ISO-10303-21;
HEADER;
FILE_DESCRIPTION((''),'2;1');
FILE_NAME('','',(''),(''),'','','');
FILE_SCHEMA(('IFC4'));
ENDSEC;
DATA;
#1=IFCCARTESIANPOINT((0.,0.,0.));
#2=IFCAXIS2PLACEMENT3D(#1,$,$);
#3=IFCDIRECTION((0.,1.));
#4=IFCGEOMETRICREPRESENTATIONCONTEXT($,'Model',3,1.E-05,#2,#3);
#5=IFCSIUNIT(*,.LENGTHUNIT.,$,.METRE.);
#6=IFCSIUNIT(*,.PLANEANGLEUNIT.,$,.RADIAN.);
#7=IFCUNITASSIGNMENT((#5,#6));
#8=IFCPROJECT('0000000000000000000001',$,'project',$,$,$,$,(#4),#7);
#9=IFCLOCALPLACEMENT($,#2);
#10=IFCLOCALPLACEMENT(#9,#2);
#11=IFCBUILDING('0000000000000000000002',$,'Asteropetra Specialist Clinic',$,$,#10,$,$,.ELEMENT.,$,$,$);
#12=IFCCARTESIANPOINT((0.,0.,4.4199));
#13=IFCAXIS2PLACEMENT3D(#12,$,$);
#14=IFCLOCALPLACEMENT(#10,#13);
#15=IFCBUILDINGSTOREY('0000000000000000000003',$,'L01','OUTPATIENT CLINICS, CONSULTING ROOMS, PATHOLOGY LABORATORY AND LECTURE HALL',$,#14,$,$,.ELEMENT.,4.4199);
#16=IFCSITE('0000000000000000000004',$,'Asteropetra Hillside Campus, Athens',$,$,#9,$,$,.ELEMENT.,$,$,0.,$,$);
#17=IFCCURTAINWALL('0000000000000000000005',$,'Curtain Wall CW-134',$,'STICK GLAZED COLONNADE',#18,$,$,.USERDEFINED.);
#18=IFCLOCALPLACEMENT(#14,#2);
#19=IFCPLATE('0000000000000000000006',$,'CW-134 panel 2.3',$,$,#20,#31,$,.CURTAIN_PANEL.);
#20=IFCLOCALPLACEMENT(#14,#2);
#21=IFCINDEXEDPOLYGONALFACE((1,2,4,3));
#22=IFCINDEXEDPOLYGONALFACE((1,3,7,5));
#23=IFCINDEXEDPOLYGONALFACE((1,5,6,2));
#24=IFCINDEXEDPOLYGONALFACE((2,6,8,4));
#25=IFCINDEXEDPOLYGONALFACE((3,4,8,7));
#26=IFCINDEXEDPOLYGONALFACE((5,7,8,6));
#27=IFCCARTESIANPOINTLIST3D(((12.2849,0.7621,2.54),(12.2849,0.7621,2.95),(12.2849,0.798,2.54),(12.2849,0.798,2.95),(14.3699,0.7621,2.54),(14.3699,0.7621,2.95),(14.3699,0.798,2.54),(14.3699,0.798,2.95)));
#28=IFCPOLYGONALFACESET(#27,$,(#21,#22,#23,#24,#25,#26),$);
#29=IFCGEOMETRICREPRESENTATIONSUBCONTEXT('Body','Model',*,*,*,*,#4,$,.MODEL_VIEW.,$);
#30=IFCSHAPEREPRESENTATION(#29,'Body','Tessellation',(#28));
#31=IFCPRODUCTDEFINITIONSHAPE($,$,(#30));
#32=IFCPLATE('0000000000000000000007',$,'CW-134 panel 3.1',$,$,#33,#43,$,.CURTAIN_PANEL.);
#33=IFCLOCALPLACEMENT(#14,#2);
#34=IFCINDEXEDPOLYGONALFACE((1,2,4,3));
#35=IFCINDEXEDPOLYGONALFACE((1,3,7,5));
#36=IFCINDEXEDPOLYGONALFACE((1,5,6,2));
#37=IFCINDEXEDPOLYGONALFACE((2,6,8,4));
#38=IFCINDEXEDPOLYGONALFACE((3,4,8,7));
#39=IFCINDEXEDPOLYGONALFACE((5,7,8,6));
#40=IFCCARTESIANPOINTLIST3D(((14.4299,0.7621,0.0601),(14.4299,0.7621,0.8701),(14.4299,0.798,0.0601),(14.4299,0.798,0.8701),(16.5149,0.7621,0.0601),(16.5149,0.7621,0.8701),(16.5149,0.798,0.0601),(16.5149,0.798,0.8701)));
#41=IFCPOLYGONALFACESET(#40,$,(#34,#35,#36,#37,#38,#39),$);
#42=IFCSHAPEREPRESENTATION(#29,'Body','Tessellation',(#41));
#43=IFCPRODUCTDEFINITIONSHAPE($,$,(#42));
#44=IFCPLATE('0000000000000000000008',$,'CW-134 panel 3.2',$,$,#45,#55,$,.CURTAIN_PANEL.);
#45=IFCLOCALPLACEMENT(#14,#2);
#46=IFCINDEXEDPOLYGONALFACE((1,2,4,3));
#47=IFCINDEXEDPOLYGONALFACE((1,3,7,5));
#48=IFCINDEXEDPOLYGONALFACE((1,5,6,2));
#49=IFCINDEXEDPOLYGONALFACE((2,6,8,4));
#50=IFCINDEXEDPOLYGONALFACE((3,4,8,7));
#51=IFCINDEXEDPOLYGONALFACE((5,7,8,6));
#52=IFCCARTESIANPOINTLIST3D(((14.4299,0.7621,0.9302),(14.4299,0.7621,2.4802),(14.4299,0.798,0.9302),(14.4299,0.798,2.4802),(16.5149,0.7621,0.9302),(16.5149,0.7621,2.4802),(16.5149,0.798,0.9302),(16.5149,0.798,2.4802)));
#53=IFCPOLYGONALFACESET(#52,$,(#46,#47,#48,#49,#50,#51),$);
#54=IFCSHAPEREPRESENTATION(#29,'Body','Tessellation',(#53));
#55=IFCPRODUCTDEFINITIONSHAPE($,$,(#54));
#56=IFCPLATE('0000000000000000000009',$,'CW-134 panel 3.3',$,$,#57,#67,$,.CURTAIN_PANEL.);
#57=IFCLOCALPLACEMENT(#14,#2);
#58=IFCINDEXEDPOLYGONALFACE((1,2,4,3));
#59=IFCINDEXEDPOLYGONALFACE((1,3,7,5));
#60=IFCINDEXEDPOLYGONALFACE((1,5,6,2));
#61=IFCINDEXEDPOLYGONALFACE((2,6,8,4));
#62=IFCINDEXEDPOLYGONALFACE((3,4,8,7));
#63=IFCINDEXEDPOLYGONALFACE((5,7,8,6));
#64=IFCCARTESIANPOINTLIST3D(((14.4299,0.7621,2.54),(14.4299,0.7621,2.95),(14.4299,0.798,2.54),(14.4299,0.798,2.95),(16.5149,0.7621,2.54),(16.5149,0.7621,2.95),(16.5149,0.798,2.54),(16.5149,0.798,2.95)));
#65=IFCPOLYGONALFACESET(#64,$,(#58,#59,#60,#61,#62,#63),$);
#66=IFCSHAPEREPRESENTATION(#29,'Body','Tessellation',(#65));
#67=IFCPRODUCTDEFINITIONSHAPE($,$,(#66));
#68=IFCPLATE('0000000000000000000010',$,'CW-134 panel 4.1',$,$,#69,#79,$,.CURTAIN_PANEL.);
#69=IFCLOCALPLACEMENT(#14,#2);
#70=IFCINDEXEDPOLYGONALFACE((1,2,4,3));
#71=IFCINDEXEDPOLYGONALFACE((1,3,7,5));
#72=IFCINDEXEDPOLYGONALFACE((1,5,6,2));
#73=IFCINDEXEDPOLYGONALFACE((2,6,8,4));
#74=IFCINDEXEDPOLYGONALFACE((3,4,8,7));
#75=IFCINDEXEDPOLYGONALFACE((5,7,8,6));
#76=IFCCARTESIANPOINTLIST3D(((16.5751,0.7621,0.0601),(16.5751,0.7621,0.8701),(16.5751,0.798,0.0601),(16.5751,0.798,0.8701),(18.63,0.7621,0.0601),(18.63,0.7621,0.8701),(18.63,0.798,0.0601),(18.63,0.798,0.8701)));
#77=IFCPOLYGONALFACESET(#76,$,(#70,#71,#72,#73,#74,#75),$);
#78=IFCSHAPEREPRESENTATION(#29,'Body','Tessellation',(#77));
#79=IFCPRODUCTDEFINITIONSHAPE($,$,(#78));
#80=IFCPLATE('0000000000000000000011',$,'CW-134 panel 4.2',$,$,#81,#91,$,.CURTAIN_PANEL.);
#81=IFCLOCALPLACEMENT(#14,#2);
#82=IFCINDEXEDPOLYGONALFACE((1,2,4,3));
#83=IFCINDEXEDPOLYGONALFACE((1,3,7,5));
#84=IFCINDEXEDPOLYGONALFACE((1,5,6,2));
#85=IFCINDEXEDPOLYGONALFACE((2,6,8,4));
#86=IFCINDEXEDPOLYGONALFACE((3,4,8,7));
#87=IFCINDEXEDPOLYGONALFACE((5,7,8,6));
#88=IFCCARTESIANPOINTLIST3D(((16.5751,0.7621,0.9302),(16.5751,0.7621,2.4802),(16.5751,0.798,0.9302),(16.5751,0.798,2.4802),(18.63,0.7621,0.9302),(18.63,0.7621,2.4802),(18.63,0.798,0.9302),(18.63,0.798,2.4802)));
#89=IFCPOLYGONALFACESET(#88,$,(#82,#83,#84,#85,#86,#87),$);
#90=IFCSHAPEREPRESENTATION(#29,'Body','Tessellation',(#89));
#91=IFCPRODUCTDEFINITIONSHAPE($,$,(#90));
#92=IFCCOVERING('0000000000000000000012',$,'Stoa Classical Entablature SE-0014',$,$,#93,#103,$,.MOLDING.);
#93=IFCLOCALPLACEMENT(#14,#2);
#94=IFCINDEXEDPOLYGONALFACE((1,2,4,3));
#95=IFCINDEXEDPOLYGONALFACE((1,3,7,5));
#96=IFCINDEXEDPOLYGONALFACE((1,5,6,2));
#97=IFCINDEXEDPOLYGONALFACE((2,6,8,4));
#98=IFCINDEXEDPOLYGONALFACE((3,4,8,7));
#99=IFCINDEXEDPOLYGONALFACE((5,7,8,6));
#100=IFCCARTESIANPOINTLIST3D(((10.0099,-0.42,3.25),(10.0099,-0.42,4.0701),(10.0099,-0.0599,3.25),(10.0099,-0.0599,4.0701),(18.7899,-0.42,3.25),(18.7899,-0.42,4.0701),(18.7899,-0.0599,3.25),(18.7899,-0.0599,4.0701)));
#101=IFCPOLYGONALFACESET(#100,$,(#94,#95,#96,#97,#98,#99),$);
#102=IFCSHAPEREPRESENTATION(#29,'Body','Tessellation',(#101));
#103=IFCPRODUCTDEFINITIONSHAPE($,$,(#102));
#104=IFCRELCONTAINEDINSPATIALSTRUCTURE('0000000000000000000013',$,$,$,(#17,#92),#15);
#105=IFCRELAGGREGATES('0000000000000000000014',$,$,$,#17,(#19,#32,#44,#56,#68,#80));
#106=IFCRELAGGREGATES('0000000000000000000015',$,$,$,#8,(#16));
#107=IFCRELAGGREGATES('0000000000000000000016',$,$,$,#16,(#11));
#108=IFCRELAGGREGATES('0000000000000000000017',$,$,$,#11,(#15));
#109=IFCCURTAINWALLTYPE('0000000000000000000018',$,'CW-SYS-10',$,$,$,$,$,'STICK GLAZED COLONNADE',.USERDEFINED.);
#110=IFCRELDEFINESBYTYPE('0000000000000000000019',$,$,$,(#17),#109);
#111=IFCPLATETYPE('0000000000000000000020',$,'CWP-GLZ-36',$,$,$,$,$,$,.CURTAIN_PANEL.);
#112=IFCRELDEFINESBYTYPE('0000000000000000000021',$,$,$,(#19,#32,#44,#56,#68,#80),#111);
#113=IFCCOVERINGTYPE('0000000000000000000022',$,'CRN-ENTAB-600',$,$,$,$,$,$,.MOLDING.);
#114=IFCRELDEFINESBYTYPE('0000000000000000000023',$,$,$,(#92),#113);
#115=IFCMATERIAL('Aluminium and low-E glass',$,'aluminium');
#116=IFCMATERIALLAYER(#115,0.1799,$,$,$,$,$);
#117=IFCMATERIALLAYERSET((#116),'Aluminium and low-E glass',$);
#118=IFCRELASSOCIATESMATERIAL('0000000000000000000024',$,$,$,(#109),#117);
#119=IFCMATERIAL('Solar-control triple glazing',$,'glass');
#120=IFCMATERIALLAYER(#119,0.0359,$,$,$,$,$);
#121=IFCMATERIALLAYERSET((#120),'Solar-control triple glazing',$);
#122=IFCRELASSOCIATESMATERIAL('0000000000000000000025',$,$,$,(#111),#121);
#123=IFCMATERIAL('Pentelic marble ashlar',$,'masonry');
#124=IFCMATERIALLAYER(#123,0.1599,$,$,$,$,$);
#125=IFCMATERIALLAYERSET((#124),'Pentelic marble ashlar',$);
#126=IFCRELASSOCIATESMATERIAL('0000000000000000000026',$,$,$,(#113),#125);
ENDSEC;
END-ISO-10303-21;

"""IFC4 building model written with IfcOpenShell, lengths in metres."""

from ifc_helpers import new_model, si_unit, direction, frame, origin, origin_2d, place, context, subcontext, project, spatial, rectangle, extrude, material, layer, layer_set, type_object, element, aggregate, save


model = new_model("IFC4")

# Units and contexts
model_context = context("Model", 3, precision=1e-05, world=origin(), true_north=direction((0.0, 1.0)))
body_context = subcontext(model_context, "Body", "Model", "MODEL_VIEW")
ifc_project = project(units=[si_unit("LENGTHUNIT", "METRE"), si_unit("PLANEANGLEUNIT", "RADIAN")], contexts=[model_context])

# Site, building, storey
site_placement = place(None, origin())
site = spatial("IfcSite", under=ifc_project, at=site_placement, Name="Asteropetra Hillside Campus, Athens", CompositionType="ELEMENT", RefElevation=0.0)
building_placement = place(site_placement, origin())
building = spatial("IfcBuilding", under=site, at=building_placement, Name="Asteropetra Specialist Clinic", CompositionType="ELEMENT")
storey_placement = place(building_placement, frame((0.0, 0.0, 4.4199)))
storey = spatial("IfcBuildingStorey", under=building, at=storey_placement, Name="L01", Description="OUTPATIENT CLINICS, CONSULTING ROOMS, PATHOLOGY LABORATORY AND LECTURE HALL", CompositionType="ELEMENT", Elevation=4.4199)

# Curtain wall
ifc_material_1 = material(Name="Aluminium and low-E glass", Category="aluminium")
ifc_layer_1 = layer(ifc_material_1, 0.1799)
ifc_layer_set_1 = layer_set([ifc_layer_1], Name="Aluminium and low-E glass")
curtain_wall_type = type_object("IfcCurtainWallType", Name="CW-SYS-10", ElementType="STICK GLAZED COLONNADE", PredefinedType="USERDEFINED", material=ifc_layer_set_1)
curtain_wall_placement = place(storey_placement, origin())
curtain_wall = element("IfcCurtainWall", 1, at=curtain_wall_placement, inside=storey, type_object=curtain_wall_type, Name="Curtain Wall CW-134", ObjectType="STICK GLAZED COLONNADE", PredefinedType="USERDEFINED")

# Plates
ifc_material_2 = material(Name="Solar-control triple glazing", Category="glass")
ifc_layer_2 = layer(ifc_material_2, 0.0359)
ifc_layer_set_2 = layer_set([ifc_layer_2], Name="Solar-control triple glazing")
plate_type = type_object("IfcPlateType", Name="CWP-GLZ-36", PredefinedType="CURTAIN_PANEL", material=ifc_layer_set_2)
plate_1_placement = place(storey_placement, frame((13.3274, 0.78, 2.54), z_axis=(0.0, 0.0, 1.0), x_axis=(1.0, 0.0, 0.0)))
plate_1 = element("IfcPlate", 2, at=plate_1_placement, type_object=plate_type, Name="CW-134 panel 2.3", PredefinedType="CURTAIN_PANEL", context=body_context, shape_type="SweptSolid", body=[
    extrude(rectangle(XDim=2.085, YDim=0.0359, at=origin_2d()), origin(), (0.0, 0.0, 1.0), 0.4099),
])
plate_2_placement = place(storey_placement, frame((15.4724, 0.78, 0.0601), z_axis=(0.0, 0.0, 1.0), x_axis=(1.0, 0.0, 0.0)))
plate_2 = element("IfcPlate", 3, at=plate_2_placement, type_object=plate_type, Name="CW-134 panel 3.1", PredefinedType="CURTAIN_PANEL", context=body_context, shape_type="SweptSolid", body=[
    extrude(rectangle(XDim=2.085, YDim=0.0359, at=origin_2d()), origin(), (0.0, 0.0, 1.0), 0.8101),
])
plate_3_placement = place(storey_placement, frame((15.4724, 0.78, 0.9302), z_axis=(0.0, 0.0, 1.0), x_axis=(1.0, 0.0, 0.0)))
plate_3 = element("IfcPlate", 4, at=plate_3_placement, type_object=plate_type, Name="CW-134 panel 3.2", PredefinedType="CURTAIN_PANEL", context=body_context, shape_type="SweptSolid", body=[
    extrude(rectangle(XDim=2.085, YDim=0.0359, at=origin_2d()), origin(), (0.0, 0.0, 1.0), 1.55),
])
plate_4_placement = place(storey_placement, frame((15.4724, 0.78, 2.54), z_axis=(0.0, 0.0, 1.0), x_axis=(1.0, 0.0, 0.0)))
plate_4 = element("IfcPlate", 5, at=plate_4_placement, type_object=plate_type, Name="CW-134 panel 3.3", PredefinedType="CURTAIN_PANEL", context=body_context, shape_type="SweptSolid", body=[
    extrude(rectangle(XDim=2.085, YDim=0.0359, at=origin_2d()), origin(), (0.0, 0.0, 1.0), 0.4099),
])
plate_5_placement = place(storey_placement, frame((17.6025, 0.78, 0.0601), z_axis=(0.0, 0.0, 1.0), x_axis=(1.0, 0.0, 0.0)))
plate_5 = element("IfcPlate", 6, at=plate_5_placement, type_object=plate_type, Name="CW-134 panel 4.1", PredefinedType="CURTAIN_PANEL", context=body_context, shape_type="SweptSolid", body=[
    extrude(rectangle(XDim=2.0549, YDim=0.0359, at=origin_2d()), origin(), (0.0, 0.0, 1.0), 0.8101),
])
plate_6_placement = place(storey_placement, frame((17.6025, 0.78, 0.9302), z_axis=(0.0, 0.0, 1.0), x_axis=(1.0, 0.0, 0.0)))
plate_6 = element("IfcPlate", 7, at=plate_6_placement, type_object=plate_type, Name="CW-134 panel 4.2", PredefinedType="CURTAIN_PANEL", context=body_context, shape_type="SweptSolid", body=[
    extrude(rectangle(XDim=2.0549, YDim=0.0359, at=origin_2d()), origin(), (0.0, 0.0, 1.0), 1.55),
])
aggregate(curtain_wall, [plate_1, plate_2, plate_3, plate_4, plate_5, plate_6])

# Covering
ifc_material_3 = material(Name="Pentelic marble ashlar", Category="masonry")
ifc_layer_3 = layer(ifc_material_3, 0.1599)
ifc_layer_set_3 = layer_set([ifc_layer_3], Name="Pentelic marble ashlar")
covering_type = type_object("IfcCoveringType", Name="CRN-ENTAB-600", PredefinedType="MOLDING", material=ifc_layer_set_3)
covering_placement = place(storey_placement, frame((14.3999, -0.24, 3.25), z_axis=(0.0, 0.0, 1.0), x_axis=(1.0, 0.0, 0.0)))
element("IfcCovering", 8, at=covering_placement, inside=storey, type_object=covering_type, Name="Stoa Classical Entablature SE-0014", PredefinedType="MOLDING", context=body_context, shape_type="SweptSolid", body=[
    extrude(rectangle(XDim=8.78, YDim=0.3601, at=origin_2d()), origin(), (0.0, 0.0, 1.0), 0.8201),
])

save(model, "model.ifc")
